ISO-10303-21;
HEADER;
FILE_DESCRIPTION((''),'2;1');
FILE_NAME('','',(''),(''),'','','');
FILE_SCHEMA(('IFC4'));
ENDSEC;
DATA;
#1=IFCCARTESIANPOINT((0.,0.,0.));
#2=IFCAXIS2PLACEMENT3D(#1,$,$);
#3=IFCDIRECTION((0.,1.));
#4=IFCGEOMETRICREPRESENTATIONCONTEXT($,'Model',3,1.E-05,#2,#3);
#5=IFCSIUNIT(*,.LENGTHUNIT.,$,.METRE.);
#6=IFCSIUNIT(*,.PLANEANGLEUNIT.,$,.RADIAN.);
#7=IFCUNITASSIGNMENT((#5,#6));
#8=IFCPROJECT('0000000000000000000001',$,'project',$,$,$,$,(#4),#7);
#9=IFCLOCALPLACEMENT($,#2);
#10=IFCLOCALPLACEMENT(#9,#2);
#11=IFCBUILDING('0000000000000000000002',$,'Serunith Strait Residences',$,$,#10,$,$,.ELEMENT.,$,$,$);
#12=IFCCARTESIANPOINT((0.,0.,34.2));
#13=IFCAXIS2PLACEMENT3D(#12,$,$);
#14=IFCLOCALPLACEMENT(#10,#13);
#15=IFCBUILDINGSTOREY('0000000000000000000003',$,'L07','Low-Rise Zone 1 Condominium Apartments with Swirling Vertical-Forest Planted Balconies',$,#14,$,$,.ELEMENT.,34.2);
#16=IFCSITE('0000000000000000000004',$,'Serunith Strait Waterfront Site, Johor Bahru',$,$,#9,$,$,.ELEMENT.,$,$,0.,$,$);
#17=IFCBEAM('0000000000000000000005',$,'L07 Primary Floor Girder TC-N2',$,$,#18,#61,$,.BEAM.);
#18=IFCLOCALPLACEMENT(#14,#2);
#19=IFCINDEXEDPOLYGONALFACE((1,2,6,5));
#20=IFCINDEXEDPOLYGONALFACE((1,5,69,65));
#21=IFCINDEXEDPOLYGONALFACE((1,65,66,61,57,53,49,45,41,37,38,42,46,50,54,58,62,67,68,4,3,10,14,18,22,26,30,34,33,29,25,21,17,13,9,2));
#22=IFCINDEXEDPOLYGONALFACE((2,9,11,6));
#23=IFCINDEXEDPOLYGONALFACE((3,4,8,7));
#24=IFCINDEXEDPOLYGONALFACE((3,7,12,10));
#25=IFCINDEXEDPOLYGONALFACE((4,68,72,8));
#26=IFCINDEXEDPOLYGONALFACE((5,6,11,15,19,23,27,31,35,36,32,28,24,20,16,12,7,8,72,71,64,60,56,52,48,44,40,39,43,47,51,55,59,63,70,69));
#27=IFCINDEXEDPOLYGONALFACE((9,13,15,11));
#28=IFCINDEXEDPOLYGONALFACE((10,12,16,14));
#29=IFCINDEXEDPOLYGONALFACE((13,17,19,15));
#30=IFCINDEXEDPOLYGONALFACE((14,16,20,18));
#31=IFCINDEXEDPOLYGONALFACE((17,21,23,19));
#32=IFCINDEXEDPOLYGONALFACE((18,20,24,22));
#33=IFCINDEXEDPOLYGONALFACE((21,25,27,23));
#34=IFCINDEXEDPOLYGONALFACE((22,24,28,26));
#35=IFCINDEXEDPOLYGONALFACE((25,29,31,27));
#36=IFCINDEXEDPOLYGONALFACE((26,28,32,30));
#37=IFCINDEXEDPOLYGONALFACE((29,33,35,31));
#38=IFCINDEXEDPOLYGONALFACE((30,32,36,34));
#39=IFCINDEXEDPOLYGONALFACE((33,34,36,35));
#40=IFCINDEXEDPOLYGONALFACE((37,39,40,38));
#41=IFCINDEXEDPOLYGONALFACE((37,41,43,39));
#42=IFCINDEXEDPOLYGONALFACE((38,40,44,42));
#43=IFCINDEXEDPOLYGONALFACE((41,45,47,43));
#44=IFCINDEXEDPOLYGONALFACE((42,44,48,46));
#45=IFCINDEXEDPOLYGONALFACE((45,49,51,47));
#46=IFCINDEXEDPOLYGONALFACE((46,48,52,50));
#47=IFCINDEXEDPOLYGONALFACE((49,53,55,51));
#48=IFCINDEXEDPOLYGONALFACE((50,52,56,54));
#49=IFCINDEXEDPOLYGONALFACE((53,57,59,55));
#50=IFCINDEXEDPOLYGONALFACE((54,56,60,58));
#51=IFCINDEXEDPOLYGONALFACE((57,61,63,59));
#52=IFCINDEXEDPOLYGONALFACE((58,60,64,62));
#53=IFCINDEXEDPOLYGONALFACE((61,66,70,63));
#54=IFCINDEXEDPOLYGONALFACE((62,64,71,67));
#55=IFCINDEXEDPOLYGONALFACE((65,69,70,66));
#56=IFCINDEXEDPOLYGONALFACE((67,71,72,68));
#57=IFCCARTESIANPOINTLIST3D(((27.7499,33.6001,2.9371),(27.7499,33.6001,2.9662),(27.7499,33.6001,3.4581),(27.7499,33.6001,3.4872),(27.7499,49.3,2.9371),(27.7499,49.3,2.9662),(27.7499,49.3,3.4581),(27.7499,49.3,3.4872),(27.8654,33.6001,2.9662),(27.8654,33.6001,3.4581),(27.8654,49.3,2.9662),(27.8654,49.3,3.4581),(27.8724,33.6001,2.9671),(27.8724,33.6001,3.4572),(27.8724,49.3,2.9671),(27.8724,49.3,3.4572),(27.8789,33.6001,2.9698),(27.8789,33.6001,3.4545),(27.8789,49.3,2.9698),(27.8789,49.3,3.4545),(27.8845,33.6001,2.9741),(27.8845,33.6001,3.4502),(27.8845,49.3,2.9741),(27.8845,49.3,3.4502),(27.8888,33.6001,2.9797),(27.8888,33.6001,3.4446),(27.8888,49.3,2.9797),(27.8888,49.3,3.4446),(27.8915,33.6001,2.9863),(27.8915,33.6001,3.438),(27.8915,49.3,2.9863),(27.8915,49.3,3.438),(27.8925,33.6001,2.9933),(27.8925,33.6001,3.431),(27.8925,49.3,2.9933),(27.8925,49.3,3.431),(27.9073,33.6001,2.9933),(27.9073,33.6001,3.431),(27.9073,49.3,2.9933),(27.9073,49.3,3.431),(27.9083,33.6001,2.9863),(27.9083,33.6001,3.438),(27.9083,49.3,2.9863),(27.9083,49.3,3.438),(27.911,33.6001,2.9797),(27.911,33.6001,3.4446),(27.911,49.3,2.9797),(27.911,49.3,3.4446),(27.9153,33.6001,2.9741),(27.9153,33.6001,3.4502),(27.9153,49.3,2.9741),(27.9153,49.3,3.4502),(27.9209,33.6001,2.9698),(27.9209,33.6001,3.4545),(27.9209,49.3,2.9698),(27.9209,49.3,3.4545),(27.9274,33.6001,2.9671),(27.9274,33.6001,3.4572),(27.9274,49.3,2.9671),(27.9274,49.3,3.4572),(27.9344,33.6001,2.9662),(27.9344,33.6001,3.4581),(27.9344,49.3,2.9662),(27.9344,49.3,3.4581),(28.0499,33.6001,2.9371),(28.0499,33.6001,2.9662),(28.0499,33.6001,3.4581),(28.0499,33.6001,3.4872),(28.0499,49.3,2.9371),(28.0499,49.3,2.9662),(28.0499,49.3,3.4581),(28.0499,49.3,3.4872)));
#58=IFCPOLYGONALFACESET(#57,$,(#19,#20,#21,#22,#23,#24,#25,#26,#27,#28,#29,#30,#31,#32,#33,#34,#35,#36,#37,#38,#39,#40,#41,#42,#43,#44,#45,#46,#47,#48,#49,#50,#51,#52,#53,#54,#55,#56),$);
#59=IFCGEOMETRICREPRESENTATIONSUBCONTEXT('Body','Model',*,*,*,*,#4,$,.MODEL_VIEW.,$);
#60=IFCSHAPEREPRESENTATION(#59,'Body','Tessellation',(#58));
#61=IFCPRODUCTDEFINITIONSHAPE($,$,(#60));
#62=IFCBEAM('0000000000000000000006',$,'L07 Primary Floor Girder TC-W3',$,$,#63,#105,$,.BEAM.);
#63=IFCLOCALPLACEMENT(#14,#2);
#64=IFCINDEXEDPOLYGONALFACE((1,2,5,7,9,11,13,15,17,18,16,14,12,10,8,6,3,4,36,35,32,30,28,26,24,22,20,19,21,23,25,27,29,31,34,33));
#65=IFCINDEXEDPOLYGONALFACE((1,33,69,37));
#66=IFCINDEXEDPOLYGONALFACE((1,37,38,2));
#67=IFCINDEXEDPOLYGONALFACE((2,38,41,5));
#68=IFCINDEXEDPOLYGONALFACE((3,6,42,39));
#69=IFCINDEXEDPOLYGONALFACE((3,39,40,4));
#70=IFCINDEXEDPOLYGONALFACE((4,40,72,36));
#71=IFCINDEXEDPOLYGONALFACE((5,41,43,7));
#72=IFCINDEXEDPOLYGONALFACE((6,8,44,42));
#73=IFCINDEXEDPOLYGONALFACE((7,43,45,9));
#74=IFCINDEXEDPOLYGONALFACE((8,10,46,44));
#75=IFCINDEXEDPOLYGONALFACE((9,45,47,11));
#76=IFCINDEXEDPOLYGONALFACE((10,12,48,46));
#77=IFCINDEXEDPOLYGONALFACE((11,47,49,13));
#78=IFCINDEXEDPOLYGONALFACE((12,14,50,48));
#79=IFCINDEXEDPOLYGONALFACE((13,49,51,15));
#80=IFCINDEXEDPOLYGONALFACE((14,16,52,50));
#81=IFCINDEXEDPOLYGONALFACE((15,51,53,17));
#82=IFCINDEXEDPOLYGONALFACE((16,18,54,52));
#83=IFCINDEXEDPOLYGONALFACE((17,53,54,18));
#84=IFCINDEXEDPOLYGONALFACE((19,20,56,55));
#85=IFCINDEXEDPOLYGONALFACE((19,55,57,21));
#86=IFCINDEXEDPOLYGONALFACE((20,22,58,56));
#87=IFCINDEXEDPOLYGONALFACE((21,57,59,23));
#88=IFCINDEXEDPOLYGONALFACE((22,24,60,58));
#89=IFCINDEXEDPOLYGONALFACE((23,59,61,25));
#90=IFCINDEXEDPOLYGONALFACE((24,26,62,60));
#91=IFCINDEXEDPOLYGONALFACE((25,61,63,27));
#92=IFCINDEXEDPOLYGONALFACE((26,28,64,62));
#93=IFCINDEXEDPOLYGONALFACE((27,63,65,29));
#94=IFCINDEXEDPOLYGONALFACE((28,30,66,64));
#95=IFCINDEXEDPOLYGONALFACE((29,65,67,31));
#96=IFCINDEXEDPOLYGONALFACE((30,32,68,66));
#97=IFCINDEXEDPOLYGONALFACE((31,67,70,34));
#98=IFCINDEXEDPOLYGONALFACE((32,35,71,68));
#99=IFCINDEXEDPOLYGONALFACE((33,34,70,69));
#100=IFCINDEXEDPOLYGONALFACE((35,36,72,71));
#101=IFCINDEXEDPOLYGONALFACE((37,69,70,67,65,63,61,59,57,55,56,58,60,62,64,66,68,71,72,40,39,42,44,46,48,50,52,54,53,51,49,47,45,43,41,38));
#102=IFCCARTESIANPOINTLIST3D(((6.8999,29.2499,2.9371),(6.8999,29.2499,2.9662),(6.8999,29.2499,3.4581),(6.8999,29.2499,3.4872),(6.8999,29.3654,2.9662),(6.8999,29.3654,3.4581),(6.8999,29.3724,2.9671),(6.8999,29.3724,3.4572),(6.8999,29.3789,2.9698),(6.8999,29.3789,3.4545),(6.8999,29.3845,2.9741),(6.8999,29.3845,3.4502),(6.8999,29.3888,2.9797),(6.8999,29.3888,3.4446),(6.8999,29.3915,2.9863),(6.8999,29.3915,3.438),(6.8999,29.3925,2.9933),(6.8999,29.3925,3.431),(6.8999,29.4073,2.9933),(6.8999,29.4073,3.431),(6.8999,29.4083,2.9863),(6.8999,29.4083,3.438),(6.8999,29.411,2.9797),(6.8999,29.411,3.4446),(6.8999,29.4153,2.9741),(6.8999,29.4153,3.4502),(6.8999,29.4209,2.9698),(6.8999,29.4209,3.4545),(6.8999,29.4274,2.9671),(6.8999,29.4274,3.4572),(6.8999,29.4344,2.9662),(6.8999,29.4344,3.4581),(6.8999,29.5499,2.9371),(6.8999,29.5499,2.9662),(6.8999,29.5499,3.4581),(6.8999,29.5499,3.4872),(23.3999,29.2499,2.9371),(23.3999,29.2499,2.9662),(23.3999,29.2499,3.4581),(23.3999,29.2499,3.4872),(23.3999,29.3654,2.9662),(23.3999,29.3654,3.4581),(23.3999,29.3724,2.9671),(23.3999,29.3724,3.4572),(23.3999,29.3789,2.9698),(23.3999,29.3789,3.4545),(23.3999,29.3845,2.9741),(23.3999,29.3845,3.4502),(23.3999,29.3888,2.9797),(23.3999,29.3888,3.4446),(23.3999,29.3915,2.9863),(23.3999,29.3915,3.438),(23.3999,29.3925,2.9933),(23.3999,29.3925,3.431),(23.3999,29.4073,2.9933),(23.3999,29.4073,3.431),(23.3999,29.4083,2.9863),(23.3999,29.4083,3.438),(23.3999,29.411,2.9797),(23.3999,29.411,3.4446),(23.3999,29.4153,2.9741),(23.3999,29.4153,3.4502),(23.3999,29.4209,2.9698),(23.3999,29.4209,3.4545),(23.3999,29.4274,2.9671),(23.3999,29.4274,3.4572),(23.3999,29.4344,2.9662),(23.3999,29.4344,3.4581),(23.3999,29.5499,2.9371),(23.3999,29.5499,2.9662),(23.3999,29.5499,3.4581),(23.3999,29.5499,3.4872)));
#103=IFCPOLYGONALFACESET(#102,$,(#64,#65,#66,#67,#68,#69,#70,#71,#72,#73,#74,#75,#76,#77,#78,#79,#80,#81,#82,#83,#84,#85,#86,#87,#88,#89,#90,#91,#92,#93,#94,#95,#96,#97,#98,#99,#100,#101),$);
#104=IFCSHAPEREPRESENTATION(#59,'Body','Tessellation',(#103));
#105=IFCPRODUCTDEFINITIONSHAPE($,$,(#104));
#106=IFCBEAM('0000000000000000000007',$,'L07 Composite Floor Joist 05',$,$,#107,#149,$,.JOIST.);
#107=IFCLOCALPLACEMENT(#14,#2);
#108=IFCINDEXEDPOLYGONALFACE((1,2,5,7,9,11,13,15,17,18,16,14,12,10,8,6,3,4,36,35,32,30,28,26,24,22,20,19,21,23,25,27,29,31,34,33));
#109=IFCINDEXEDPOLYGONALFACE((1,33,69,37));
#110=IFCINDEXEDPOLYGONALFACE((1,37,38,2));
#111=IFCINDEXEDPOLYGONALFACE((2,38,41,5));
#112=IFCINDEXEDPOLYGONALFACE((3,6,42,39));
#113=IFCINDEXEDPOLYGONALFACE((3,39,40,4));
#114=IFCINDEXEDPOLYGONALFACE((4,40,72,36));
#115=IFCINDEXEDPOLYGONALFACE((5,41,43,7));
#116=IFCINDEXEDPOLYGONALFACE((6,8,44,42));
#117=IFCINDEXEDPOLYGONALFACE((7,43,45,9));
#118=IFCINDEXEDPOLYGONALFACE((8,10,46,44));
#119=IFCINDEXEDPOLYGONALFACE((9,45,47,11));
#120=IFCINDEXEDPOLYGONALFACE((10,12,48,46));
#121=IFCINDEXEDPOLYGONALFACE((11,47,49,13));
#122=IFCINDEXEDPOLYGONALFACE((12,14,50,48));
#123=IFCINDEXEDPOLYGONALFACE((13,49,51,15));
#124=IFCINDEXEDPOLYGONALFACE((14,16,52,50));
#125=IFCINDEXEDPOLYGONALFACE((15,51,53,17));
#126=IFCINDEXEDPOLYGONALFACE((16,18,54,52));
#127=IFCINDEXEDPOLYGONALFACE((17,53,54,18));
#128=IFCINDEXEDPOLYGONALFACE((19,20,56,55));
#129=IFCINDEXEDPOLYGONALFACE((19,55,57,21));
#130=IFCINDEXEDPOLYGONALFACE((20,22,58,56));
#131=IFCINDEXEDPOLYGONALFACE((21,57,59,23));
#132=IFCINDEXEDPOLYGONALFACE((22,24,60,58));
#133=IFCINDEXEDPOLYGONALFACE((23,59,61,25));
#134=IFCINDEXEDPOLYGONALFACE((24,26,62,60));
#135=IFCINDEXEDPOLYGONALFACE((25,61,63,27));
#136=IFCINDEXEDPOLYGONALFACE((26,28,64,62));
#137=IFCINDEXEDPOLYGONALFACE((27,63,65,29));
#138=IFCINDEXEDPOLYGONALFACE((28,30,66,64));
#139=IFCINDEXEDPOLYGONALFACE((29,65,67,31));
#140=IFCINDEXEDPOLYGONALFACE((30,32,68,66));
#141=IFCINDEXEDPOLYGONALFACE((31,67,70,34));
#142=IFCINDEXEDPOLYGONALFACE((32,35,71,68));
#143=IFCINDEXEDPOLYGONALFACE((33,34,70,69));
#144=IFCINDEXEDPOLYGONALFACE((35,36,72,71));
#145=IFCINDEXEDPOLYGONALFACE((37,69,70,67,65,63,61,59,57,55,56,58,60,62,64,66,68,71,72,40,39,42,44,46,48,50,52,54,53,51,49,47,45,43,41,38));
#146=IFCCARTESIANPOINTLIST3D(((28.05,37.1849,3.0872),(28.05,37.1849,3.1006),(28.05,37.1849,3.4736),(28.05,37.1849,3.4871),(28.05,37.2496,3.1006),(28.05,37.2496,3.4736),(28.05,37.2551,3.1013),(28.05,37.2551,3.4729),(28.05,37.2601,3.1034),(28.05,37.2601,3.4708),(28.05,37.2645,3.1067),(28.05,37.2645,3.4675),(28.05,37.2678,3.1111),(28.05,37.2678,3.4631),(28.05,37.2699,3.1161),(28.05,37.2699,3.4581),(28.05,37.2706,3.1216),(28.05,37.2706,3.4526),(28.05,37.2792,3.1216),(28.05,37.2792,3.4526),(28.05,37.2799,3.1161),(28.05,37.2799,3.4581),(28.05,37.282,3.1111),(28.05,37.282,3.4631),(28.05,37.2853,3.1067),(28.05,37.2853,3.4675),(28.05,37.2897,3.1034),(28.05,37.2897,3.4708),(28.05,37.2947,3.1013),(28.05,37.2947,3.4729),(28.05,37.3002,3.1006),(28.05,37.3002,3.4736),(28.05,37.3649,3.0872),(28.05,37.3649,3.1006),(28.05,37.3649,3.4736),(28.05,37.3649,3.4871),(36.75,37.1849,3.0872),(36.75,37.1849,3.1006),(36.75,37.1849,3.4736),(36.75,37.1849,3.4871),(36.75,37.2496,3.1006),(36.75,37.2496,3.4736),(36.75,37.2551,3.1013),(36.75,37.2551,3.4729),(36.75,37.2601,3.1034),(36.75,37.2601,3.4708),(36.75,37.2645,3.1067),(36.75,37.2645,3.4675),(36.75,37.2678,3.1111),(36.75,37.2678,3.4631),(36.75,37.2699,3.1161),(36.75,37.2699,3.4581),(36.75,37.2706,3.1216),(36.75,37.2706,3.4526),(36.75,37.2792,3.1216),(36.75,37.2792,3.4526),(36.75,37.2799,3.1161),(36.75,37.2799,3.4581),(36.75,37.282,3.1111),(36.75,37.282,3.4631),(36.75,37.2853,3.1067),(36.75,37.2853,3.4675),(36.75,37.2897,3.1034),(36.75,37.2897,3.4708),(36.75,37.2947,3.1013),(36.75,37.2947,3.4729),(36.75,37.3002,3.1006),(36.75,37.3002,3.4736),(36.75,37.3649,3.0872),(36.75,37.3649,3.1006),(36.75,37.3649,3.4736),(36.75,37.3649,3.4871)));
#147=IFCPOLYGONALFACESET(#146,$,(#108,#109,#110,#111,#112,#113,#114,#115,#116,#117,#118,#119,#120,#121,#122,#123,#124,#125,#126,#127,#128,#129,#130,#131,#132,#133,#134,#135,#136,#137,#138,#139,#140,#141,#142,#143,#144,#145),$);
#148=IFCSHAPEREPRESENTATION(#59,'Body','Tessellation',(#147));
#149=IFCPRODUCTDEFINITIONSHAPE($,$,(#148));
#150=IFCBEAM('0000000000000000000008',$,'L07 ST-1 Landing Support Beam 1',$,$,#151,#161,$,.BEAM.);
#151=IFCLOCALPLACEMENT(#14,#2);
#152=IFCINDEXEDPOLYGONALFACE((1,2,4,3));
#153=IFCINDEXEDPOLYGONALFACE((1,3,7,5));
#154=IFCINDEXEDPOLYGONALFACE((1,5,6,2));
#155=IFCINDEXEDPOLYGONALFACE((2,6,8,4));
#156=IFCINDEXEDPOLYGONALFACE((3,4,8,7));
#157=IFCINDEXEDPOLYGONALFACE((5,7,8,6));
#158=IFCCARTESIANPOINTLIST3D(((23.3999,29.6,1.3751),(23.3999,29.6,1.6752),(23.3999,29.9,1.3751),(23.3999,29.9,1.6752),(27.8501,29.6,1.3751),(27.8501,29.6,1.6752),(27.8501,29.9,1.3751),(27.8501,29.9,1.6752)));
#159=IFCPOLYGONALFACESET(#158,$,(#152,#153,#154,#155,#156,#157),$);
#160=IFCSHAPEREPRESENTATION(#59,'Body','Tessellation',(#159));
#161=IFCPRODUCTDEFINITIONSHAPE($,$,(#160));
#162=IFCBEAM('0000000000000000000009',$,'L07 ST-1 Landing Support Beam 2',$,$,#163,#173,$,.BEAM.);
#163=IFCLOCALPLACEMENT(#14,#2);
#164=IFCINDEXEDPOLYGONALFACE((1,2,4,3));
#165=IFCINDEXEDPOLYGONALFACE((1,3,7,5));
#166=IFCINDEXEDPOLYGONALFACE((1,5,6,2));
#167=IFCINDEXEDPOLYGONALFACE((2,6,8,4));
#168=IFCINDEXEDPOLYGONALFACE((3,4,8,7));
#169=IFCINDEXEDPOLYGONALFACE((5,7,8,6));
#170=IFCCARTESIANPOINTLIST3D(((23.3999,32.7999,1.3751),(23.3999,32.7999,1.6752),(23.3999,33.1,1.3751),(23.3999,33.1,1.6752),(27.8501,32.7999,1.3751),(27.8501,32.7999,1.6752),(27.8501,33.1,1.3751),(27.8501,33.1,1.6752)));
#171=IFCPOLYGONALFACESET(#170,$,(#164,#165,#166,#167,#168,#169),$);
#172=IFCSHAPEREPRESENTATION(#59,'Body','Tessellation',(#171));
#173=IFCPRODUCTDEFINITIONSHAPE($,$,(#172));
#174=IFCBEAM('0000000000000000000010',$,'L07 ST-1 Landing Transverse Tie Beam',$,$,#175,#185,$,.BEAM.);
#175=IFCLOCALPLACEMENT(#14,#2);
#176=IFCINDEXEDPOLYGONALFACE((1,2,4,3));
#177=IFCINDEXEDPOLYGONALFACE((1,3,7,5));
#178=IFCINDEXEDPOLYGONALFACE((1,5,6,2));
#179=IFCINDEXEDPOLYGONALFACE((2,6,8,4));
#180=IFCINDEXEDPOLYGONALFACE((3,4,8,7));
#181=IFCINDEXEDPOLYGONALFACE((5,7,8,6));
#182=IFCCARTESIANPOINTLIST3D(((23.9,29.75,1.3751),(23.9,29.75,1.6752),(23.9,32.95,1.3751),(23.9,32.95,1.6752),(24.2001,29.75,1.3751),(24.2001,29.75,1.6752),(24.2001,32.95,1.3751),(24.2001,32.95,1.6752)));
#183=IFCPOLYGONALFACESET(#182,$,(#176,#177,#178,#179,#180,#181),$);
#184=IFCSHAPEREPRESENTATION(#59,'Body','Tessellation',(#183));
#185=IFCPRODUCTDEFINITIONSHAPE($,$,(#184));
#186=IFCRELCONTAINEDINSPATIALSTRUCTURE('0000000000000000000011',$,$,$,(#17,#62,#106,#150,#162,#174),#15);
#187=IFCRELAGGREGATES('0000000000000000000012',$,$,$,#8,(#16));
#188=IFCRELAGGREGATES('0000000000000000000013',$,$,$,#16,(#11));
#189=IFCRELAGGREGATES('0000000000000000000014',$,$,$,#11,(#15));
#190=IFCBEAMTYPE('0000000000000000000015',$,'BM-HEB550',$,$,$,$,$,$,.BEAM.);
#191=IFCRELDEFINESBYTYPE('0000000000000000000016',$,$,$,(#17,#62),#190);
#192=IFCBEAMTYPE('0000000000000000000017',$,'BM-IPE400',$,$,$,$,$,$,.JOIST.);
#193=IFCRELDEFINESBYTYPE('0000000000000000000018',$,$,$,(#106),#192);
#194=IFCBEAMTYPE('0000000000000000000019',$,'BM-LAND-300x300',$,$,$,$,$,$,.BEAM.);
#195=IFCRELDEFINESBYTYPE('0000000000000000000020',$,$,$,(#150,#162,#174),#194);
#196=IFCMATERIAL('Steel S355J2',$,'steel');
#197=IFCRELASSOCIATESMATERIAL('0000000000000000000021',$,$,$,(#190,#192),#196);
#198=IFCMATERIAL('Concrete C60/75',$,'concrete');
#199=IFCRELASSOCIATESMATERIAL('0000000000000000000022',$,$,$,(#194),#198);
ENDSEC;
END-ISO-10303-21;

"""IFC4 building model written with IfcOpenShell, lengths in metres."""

from ifc_helpers import new_model, si_unit, direction, frame, origin, origin_2d, place, context, subcontext, project, spatial, rectangle, i_section, extrude, source, transform, mapped, material, material_profile, profile_set, type_object, element, save


model = new_model("IFC4")

# Units and contexts
model_context = context("Model", 3, precision=1e-05, world=origin(), true_north=direction((0.0, 1.0)))
body_context = subcontext(model_context, "Body", "Model", "MODEL_VIEW")
ifc_project = project(units=[si_unit("LENGTHUNIT", "METRE"), si_unit("PLANEANGLEUNIT", "RADIAN")], contexts=[model_context])

# Site, building, storey
site_placement = place(None, origin())
site = spatial("IfcSite", under=ifc_project, at=site_placement, Name="Serunith Strait Waterfront Site, Johor Bahru", CompositionType="ELEMENT", RefElevation=0.0)
building_placement = place(site_placement, origin())
building = spatial("IfcBuilding", under=site, at=building_placement, Name="Serunith Strait Residences", CompositionType="ELEMENT")
storey_placement = place(building_placement, frame((0.0, 0.0, 34.2)))
storey = spatial("IfcBuildingStorey", under=building, at=storey_placement, Name="L07", Description="Low-Rise Zone 1 Condominium Apartments with Swirling Vertical-Forest Planted Balconies", CompositionType="ELEMENT", Elevation=34.2)

# Beams
ifc_material_1 = material(Name="Steel S355J2", Category="steel")
ifc_material_profile_1 = material_profile(ifc_material_1, i_section(OverallWidth=0.3, OverallDepth=0.55, WebThickness=0.0149, FlangeThickness=0.0291, FilletRadius=0.0271, at=origin_2d()), Name="HEB 550")
ifc_profile_set_1 = profile_set([ifc_material_profile_1], Name="Steel S355J2")
beam_type_1 = type_object("IfcBeamType", Name="BM-HEB550", PredefinedType="BEAM", material=ifc_profile_set_1)
shared_shape_1 = source(origin(), body_context, "Body", "SweptSolid", [
    extrude(i_section(OverallWidth=0.3, OverallDepth=0.55, WebThickness=0.0149, FlangeThickness=0.0291, FilletRadius=0.0271, at=origin_2d()), origin(), (0.0, 0.0, 1.0), 15.7),
])
beam_1_placement = place(storey_placement, frame((27.8999, 33.6001, 3.2122), z_axis=(0.0, 1.0, 0.0), x_axis=(-1.0, 0.0, 0.0)))
element("IfcBeam", 1, at=beam_1_placement, inside=storey, type_object=beam_type_1, Name="L07 Primary Floor Girder TC-N2", PredefinedType="BEAM", context=body_context, shape_type="MappedRepresentation", body=[
    mapped(shared_shape_1, transform((0.0, 0.0, 0.0), scale=1.0)),
])
shared_shape_2 = source(origin(), body_context, "Body", "SweptSolid", [
    extrude(i_section(OverallWidth=0.3, OverallDepth=0.55, WebThickness=0.0149, FlangeThickness=0.0291, FilletRadius=0.0271, at=origin_2d()), origin(), (0.0, 0.0, 1.0), 16.5),
])
beam_2_placement = place(storey_placement, frame((23.3999, 29.3999, 3.2122), z_axis=(-1.0, 0.0, 0.0), x_axis=(0.0, -1.0, 0.0)))
element("IfcBeam", 2, at=beam_2_placement, inside=storey, type_object=beam_type_1, Name="L07 Primary Floor Girder TC-W3", PredefinedType="BEAM", context=body_context, shape_type="MappedRepresentation", body=[
    mapped(shared_shape_2, transform((0.0, 0.0, 0.0), scale=1.0)),
])
ifc_material_profile_2 = material_profile(ifc_material_1, i_section(OverallWidth=0.1799, OverallDepth=0.3999, WebThickness=0.0085, FlangeThickness=0.0134, FilletRadius=0.021, at=origin_2d()), Name="IPE 400")
ifc_profile_set_2 = profile_set([ifc_material_profile_2], Name="Steel S355J2")
beam_type_2 = type_object("IfcBeamType", Name="BM-IPE400", PredefinedType="JOIST", material=ifc_profile_set_2)
shared_shape_3 = source(origin(), body_context, "Body", "SweptSolid", [
    extrude(i_section(OverallWidth=0.1799, OverallDepth=0.3999, WebThickness=0.0085, FlangeThickness=0.0134, FilletRadius=0.021, at=origin_2d()), origin(), (0.0, 0.0, 1.0), 8.7),
])
beam_3_placement = place(storey_placement, frame((28.05, 37.2749, 3.2871), z_axis=(1.0, 0.0, 0.0), x_axis=(0.0, 1.0, 0.0)))
element("IfcBeam", 3, at=beam_3_placement, inside=storey, type_object=beam_type_2, Name="L07 Composite Floor Joist 05", PredefinedType="JOIST", context=body_context, shape_type="MappedRepresentation", body=[
    mapped(shared_shape_3, transform((0.0, 0.0, 0.0), scale=1.0)),
])
ifc_material_2 = material(Name="Concrete C60/75", Category="concrete")
ifc_material_profile_3 = material_profile(ifc_material_2, rectangle(XDim=0.3, YDim=0.3, at=origin_2d()), Name="RC 300x300")
ifc_profile_set_3 = profile_set([ifc_material_profile_3], Name="Concrete C60/75")
beam_type_3 = type_object("IfcBeamType", Name="BM-LAND-300x300", PredefinedType="BEAM", material=ifc_profile_set_3)
shared_shape_4 = source(origin(), body_context, "Body", "SweptSolid", [
    extrude(rectangle(XDim=0.3, YDim=0.3, at=origin_2d()), origin(), (0.0, 0.0, 1.0), 4.4502),
])
for number, where, z_axis, x_axis, name in (
    (4, (23.3999, 29.75, 1.5251), (1.0, 0.0, 0.0), (0.0, 1.0, 0.0), "L07 ST-1 Landing Support Beam 1"),
    (5, (23.3999, 32.95, 1.5251), (1.0, 0.0, 0.0), (0.0, 1.0, 0.0), "L07 ST-1 Landing Support Beam 2"),
):
    element("IfcBeam", number, at=place(storey_placement, frame(where, z_axis=z_axis, x_axis=x_axis)), inside=storey, type_object=beam_type_3, Name=name, PredefinedType="BEAM", context=body_context, shape_type="MappedRepresentation", body=[
        mapped(shared_shape_4, transform((0.0, 0.0, 0.0), scale=1.0)),
    ])
shared_shape_5 = source(origin(), body_context, "Body", "SweptSolid", [
    extrude(rectangle(XDim=0.3, YDim=0.3, at=origin_2d()), origin(), (0.0, 0.0, 1.0), 3.2),
])
beam_4_placement = place(storey_placement, frame((24.05, 29.75, 1.5251), z_axis=(0.0, 1.0, 0.0), x_axis=(-1.0, 0.0, 0.0)))
element("IfcBeam", 6, at=beam_4_placement, inside=storey, type_object=beam_type_3, Name="L07 ST-1 Landing Transverse Tie Beam", PredefinedType="BEAM", context=body_context, shape_type="MappedRepresentation", body=[
    mapped(shared_shape_5, transform((0.0, 0.0, 0.0), scale=1.0)),
])

save(model, "model.ifc")
